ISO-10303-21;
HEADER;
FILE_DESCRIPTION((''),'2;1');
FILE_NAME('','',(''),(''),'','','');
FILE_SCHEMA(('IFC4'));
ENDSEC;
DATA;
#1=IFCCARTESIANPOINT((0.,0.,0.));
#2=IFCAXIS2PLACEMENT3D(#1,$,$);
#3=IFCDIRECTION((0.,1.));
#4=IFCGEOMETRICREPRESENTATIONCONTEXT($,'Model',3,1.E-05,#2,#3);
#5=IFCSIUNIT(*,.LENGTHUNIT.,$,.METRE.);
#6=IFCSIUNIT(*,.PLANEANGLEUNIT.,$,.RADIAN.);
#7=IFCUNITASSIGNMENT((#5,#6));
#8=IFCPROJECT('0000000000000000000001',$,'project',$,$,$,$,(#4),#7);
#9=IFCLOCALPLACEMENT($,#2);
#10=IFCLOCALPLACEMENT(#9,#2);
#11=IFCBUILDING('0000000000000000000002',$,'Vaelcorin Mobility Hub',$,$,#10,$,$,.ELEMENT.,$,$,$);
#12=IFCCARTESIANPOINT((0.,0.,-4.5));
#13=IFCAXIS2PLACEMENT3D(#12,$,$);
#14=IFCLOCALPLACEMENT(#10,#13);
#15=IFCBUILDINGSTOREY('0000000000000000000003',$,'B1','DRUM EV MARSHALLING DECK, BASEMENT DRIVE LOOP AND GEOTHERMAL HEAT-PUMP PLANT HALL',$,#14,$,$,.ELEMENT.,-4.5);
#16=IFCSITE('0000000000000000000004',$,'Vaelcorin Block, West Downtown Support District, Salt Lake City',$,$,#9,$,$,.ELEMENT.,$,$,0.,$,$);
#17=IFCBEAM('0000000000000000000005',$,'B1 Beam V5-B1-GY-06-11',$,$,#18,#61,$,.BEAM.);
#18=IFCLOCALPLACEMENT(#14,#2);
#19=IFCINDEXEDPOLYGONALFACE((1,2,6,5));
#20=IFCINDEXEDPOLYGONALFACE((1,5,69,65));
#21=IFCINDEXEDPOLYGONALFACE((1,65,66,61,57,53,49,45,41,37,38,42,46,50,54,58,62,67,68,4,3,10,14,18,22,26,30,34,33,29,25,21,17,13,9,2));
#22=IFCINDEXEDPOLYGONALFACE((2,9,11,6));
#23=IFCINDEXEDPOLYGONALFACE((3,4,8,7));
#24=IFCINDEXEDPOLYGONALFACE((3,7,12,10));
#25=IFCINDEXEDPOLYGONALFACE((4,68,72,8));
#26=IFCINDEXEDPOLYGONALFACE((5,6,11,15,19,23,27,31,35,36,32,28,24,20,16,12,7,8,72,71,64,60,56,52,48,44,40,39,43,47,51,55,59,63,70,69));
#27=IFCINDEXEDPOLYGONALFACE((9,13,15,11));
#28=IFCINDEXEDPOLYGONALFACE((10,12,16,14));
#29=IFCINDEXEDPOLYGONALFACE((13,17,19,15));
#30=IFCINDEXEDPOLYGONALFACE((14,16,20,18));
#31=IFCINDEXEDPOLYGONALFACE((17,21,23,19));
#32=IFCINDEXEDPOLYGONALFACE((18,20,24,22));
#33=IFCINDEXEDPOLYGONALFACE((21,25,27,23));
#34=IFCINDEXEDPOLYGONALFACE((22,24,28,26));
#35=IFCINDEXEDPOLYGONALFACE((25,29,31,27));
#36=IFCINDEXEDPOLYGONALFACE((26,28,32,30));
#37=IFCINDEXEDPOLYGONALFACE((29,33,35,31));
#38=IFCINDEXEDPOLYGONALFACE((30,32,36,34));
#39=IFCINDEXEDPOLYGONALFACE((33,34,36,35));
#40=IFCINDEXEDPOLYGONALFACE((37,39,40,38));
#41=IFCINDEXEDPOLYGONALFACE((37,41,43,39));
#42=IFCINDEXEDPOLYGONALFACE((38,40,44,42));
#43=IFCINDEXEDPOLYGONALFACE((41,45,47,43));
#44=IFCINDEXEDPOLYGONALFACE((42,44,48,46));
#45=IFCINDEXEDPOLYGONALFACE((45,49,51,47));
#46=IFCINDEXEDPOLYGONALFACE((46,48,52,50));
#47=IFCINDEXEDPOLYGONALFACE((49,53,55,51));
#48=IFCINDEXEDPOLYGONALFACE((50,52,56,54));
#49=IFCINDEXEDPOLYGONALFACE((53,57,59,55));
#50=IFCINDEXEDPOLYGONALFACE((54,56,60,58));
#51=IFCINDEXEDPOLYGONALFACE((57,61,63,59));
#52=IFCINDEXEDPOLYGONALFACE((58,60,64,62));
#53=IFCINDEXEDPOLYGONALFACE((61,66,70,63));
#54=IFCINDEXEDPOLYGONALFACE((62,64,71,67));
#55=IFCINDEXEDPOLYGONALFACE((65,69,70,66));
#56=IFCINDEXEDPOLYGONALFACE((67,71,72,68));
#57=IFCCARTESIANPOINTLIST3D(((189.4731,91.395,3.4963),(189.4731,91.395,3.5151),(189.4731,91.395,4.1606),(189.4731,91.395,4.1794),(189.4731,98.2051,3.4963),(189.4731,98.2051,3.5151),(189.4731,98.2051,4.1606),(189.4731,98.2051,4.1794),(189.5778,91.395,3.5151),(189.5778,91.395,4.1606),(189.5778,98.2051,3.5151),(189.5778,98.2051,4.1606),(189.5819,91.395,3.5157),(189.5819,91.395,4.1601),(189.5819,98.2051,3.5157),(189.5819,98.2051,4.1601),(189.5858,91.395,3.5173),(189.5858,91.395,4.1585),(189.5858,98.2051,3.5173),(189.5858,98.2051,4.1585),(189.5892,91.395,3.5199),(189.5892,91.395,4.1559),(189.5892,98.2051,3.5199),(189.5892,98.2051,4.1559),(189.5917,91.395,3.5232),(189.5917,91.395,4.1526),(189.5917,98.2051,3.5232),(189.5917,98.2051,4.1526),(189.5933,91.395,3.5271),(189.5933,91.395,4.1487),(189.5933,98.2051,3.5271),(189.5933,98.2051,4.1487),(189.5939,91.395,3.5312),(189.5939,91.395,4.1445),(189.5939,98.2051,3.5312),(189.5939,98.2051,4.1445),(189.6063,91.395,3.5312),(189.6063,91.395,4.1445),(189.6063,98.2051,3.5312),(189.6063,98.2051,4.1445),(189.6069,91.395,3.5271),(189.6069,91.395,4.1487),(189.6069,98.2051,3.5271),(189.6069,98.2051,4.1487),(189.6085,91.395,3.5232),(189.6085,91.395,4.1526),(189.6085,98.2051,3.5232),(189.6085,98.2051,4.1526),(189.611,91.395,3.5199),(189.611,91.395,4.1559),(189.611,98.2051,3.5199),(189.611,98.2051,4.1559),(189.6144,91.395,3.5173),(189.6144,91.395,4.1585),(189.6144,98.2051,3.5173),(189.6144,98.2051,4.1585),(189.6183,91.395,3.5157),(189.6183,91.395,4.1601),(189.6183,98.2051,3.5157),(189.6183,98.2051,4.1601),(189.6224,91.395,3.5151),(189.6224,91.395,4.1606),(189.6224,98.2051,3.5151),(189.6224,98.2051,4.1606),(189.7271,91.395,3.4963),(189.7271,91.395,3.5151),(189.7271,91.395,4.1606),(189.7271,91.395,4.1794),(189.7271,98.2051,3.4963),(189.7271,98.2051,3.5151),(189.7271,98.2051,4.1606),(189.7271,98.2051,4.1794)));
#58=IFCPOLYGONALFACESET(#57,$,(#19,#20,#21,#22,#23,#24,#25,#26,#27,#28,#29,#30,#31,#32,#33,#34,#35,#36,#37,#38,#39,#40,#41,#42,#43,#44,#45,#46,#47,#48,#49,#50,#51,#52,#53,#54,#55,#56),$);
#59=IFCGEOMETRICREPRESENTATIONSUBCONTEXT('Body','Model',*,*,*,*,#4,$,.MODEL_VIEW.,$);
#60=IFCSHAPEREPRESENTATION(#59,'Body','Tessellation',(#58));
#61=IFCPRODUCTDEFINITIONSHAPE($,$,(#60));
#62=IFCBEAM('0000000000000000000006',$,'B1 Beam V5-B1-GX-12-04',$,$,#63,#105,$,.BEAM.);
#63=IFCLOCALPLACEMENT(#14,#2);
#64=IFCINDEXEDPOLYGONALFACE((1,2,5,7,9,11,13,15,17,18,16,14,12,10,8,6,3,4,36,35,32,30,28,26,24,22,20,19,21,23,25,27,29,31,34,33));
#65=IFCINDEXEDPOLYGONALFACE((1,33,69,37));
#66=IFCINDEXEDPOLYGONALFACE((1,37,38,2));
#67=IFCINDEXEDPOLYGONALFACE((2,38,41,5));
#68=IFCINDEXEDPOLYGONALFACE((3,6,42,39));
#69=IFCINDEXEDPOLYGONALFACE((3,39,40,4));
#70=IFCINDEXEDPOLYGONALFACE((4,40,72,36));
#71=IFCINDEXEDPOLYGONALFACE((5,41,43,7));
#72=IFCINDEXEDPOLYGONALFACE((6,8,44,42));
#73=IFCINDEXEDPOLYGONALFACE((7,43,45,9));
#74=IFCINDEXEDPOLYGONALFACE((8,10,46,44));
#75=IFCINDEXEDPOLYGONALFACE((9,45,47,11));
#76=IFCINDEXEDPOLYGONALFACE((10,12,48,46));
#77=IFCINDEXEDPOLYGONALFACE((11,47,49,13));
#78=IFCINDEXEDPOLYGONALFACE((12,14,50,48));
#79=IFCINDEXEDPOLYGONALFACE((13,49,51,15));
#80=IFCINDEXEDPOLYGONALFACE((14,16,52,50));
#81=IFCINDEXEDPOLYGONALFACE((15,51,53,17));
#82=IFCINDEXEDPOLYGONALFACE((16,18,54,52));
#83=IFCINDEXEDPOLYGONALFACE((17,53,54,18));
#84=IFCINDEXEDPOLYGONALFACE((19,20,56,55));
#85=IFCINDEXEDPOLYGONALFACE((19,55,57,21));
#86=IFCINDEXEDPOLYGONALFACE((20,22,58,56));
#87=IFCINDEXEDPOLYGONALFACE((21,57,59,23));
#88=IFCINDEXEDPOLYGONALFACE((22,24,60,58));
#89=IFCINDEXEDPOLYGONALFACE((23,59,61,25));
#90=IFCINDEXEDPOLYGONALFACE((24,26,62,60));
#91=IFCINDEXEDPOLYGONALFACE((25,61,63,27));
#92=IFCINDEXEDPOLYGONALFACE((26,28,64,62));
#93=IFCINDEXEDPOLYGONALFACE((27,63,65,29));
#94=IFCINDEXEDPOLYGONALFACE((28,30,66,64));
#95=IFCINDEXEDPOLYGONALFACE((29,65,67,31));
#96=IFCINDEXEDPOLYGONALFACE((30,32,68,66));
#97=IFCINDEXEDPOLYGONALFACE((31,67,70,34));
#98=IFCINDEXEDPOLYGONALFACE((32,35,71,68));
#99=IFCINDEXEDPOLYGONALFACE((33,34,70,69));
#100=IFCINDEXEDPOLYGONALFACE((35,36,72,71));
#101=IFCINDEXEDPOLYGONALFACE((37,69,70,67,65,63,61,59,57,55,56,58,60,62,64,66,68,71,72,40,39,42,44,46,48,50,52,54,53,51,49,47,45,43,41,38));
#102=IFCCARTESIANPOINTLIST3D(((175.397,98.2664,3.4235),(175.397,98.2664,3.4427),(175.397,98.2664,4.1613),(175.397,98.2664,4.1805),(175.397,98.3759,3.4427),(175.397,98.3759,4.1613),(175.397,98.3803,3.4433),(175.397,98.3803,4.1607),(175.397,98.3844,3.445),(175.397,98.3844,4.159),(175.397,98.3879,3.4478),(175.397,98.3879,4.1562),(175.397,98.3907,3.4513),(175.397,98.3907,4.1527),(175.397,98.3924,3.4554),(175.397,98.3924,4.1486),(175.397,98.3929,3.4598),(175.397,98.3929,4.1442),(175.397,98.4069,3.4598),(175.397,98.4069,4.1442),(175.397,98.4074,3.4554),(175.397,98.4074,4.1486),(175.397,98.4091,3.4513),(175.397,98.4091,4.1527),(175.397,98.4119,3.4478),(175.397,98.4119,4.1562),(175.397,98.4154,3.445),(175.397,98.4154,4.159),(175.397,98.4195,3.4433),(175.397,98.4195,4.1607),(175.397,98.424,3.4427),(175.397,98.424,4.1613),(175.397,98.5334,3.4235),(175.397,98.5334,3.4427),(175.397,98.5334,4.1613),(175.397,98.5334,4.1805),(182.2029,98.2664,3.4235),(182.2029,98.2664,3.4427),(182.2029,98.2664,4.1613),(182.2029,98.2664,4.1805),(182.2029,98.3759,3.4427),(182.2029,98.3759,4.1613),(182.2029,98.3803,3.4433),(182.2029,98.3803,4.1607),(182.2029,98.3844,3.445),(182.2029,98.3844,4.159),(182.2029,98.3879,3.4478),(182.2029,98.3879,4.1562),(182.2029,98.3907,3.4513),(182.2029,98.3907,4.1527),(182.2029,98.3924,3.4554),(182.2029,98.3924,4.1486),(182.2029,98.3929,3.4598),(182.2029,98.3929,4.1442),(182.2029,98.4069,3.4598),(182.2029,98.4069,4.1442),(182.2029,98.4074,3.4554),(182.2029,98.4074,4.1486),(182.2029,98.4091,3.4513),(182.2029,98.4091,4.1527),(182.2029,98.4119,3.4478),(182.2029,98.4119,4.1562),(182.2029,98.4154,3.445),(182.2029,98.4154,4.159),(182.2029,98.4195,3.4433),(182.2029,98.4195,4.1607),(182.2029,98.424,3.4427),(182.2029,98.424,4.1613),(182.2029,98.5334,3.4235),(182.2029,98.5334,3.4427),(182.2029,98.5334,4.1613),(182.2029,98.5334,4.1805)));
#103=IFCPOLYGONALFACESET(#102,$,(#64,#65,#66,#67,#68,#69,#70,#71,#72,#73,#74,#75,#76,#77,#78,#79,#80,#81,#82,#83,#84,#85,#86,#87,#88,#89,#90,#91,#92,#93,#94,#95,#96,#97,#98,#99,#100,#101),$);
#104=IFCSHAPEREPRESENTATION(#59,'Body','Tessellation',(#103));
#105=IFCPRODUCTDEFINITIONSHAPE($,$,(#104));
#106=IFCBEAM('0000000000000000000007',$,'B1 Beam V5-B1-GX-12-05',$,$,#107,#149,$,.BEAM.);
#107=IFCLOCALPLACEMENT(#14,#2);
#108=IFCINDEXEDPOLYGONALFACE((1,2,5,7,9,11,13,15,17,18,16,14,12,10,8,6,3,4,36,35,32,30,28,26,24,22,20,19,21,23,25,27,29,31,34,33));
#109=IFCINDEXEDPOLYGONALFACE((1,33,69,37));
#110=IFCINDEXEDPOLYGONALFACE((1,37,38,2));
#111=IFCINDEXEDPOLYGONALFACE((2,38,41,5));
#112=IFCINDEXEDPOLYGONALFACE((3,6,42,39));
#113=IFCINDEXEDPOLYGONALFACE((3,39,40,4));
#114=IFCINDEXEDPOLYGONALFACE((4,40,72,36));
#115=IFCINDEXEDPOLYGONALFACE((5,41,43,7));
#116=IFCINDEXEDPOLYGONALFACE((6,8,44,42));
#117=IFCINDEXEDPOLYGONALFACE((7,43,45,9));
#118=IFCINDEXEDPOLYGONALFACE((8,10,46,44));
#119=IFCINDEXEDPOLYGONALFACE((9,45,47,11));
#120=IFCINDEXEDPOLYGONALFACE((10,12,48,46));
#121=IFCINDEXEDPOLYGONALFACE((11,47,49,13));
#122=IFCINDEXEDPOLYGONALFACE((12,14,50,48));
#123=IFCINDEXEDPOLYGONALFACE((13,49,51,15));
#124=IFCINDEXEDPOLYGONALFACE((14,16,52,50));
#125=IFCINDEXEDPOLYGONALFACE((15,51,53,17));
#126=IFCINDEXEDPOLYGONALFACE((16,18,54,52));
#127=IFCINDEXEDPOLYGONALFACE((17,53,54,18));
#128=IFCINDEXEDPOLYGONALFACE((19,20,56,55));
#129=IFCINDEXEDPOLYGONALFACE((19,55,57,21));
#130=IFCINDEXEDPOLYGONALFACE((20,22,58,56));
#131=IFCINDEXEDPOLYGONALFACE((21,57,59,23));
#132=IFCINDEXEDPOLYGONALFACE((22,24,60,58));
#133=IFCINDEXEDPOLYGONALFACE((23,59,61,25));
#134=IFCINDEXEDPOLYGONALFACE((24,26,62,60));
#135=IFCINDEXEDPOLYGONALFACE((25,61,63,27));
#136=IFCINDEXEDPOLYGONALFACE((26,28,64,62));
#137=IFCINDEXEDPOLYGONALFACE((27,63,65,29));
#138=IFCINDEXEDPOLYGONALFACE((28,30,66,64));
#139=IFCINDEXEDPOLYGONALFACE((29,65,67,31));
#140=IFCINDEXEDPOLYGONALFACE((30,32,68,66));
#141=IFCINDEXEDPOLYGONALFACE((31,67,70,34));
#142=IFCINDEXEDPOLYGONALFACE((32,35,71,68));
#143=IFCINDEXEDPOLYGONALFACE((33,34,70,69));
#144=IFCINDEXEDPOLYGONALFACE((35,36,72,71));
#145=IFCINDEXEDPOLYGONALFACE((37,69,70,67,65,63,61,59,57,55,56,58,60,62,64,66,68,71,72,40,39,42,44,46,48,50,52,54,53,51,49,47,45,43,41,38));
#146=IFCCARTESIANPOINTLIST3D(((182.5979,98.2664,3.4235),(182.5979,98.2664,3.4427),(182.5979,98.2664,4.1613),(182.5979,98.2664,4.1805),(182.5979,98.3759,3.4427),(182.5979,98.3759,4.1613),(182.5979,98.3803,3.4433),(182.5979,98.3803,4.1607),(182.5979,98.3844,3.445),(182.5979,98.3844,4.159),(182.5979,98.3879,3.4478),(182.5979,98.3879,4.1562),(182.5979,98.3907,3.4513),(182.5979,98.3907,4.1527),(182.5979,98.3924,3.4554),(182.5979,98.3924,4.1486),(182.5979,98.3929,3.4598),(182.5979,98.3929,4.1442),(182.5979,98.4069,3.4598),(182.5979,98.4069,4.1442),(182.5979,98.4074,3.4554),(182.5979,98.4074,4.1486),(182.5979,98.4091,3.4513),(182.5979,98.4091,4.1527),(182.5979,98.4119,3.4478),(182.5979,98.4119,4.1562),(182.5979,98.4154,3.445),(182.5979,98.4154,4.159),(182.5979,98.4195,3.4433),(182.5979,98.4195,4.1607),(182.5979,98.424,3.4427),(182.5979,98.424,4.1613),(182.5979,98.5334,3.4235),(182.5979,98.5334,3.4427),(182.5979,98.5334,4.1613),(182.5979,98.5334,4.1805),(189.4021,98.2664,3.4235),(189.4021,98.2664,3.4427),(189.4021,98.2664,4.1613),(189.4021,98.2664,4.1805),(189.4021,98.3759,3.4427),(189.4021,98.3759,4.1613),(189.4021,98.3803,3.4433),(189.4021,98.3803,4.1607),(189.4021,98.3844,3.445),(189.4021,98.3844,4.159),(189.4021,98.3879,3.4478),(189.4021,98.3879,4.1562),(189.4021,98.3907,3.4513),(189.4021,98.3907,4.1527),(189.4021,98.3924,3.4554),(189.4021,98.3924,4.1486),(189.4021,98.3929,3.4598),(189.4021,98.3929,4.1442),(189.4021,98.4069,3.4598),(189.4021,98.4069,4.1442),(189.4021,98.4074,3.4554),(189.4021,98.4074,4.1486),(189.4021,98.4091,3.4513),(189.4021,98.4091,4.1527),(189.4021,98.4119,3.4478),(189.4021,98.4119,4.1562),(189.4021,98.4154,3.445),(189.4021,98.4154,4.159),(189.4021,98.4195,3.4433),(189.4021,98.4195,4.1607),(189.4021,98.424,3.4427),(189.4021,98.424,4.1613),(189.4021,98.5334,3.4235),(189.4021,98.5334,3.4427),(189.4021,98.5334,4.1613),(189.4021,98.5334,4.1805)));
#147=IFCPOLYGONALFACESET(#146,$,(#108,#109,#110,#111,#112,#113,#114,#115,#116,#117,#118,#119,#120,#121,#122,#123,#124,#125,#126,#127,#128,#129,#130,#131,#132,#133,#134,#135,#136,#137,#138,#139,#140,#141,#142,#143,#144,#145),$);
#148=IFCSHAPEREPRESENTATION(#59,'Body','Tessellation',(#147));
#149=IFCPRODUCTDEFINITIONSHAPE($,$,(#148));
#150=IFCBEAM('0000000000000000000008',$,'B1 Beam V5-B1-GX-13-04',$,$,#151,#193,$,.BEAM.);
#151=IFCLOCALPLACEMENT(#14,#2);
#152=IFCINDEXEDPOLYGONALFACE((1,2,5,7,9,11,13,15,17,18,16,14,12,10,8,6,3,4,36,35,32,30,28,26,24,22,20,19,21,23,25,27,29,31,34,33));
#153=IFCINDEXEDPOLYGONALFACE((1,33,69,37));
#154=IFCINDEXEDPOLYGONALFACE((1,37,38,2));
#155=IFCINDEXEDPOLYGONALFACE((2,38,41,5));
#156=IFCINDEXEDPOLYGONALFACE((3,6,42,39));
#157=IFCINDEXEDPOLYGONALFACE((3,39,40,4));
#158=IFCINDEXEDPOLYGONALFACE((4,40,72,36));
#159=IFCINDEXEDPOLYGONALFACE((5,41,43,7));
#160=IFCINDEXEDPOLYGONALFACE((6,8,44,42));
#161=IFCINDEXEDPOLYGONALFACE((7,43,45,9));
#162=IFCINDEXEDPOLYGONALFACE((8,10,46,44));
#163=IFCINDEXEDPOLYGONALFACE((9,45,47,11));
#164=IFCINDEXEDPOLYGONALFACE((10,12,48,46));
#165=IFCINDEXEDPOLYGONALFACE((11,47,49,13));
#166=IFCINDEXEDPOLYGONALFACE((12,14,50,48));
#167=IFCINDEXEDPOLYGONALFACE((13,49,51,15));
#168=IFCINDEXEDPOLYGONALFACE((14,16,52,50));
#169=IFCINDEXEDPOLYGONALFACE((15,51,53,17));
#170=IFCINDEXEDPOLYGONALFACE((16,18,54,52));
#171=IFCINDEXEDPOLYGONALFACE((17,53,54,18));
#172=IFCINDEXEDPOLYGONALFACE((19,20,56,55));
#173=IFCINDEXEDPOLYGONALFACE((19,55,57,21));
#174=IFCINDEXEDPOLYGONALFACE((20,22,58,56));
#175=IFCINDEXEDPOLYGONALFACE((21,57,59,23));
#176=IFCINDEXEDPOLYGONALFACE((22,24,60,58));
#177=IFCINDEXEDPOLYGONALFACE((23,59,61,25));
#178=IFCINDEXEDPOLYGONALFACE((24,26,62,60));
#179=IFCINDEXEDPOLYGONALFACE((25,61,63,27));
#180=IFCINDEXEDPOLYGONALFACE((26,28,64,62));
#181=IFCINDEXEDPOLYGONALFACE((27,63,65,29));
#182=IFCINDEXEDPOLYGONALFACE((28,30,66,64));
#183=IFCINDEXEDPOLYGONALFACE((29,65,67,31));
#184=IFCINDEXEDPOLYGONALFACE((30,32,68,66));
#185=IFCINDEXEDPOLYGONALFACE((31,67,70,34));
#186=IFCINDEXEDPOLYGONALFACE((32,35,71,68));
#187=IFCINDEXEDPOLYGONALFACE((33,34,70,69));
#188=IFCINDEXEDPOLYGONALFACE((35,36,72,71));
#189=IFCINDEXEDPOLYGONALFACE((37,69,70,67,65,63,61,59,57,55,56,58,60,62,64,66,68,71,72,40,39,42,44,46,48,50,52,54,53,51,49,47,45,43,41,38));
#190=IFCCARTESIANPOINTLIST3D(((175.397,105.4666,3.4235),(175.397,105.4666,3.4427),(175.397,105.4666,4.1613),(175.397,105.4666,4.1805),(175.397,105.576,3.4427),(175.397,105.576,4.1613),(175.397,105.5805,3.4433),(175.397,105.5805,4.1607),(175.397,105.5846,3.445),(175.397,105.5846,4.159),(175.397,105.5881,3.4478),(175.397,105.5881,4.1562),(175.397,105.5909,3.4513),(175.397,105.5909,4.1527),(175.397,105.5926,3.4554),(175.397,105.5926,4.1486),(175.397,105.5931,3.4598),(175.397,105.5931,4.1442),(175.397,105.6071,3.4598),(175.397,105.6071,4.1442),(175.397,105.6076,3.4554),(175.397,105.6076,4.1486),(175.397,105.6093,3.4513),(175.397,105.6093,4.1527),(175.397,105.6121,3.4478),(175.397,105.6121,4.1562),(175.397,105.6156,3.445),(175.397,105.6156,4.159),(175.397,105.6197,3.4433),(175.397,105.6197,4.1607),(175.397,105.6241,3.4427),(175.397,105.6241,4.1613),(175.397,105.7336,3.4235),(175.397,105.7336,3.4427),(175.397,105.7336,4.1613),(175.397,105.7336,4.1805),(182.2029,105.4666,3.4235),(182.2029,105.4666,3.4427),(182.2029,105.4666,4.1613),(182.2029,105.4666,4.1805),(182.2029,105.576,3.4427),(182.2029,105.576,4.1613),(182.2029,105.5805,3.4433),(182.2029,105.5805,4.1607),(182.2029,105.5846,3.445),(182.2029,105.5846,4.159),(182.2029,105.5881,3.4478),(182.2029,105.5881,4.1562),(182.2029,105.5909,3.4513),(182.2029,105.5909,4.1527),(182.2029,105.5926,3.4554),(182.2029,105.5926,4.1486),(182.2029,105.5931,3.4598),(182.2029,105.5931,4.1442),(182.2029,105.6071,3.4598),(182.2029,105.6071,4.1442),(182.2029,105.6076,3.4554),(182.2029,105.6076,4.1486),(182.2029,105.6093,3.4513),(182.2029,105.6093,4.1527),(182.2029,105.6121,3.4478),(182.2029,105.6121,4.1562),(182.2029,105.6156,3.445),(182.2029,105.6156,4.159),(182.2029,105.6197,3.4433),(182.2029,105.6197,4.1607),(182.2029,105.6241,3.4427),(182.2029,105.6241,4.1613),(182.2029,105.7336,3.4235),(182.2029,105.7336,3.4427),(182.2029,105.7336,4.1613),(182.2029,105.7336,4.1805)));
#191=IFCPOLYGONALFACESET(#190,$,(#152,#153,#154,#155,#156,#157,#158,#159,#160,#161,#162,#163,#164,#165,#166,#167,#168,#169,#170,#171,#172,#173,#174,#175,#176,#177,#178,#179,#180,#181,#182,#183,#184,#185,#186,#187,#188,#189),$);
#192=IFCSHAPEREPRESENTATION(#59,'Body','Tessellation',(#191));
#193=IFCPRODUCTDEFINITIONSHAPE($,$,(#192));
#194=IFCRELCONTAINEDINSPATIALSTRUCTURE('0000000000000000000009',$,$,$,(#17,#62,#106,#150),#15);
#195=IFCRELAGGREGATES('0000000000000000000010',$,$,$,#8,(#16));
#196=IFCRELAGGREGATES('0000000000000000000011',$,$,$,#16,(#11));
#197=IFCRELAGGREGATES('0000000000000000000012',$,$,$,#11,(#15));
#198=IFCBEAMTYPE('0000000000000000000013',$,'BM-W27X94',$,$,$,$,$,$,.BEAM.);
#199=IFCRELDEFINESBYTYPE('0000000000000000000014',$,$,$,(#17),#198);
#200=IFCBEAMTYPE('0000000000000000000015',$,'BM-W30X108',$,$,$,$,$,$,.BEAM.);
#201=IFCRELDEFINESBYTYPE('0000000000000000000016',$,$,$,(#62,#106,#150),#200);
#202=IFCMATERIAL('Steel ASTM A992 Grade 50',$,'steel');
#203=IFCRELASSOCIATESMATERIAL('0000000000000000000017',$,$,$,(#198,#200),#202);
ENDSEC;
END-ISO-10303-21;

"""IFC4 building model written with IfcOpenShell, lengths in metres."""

from ifc_helpers import new_model, si_unit, direction, frame, origin, origin_2d, place, context, subcontext, project, spatial, i_section, extrude, material, material_profile, profile_set, type_object, element, save


model = new_model("IFC4")

# Units and contexts
model_context = context("Model", 3, precision=1e-05, world=origin(), true_north=direction((0.0, 1.0)))
body_context = subcontext(model_context, "Body", "Model", "MODEL_VIEW")
ifc_project = project(units=[si_unit("LENGTHUNIT", "METRE"), si_unit("PLANEANGLEUNIT", "RADIAN")], contexts=[model_context])

# Site, building, storey
site_placement = place(None, origin())
site = spatial("IfcSite", under=ifc_project, at=site_placement, Name="Vaelcorin Block, West Downtown Support District, Salt Lake City", CompositionType="ELEMENT", RefElevation=0.0)
building_placement = place(site_placement, origin())
building = spatial("IfcBuilding", under=site, at=building_placement, Name="Vaelcorin Mobility Hub", CompositionType="ELEMENT")
storey_placement = place(building_placement, frame((0.0, 0.0, -4.5)))
storey = spatial("IfcBuildingStorey", under=building, at=storey_placement, Name="B1", Description="DRUM EV MARSHALLING DECK, BASEMENT DRIVE LOOP AND GEOTHERMAL HEAT-PUMP PLANT HALL", CompositionType="ELEMENT", Elevation=-4.5)

# Shared definitions
ifc_material_1 = material(Name="Steel ASTM A992 Grade 50", Category="steel")

# Beams
ifc_material_profile_1 = material_profile(ifc_material_1, i_section(OverallWidth=0.2539, OverallDepth=0.6831, WebThickness=0.0125, FlangeThickness=0.0188, FilletRadius=0.0161, at=origin_2d()), Name="W27X94")
ifc_profile_set_1 = profile_set([ifc_material_profile_1], Name="Steel ASTM A992 Grade 50")
beam_type_1 = type_object("IfcBeamType", Name="BM-W27X94", PredefinedType="BEAM", material=ifc_profile_set_1)
for number, where, z_axis, x_axis, name in (
    (1, (189.6001, 91.395, 3.8379), (0.0, 1.0, 0.0), (-1.0, 0.0, 0.0), "B1 Beam V5-B1-GY-06-11"),
):
    element("IfcBeam", number, at=place(storey_placement, frame(where, z_axis=z_axis, x_axis=x_axis)), inside=storey, type_object=beam_type_1, Name=name, PredefinedType="BEAM", context=body_context, shape_type="SweptSolid", body=[
        extrude(i_section(OverallWidth=0.2539, OverallDepth=0.6831, WebThickness=0.0125, FlangeThickness=0.0188, FilletRadius=0.0161, at=origin_2d()), origin(), (0.0, 0.0, 1.0), 6.8101),
    ])
ifc_material_profile_2 = material_profile(ifc_material_1, i_section(OverallWidth=0.2671, OverallDepth=0.7571, WebThickness=0.0139, FlangeThickness=0.0193, FilletRadius=0.0171, at=origin_2d()), Name="W30X108")
ifc_profile_set_2 = profile_set([ifc_material_profile_2], Name="Steel ASTM A992 Grade 50")
beam_type_2 = type_object("IfcBeamType", Name="BM-W30X108", PredefinedType="BEAM", material=ifc_profile_set_2)
beam_1_placement = place(storey_placement, frame((175.397, 98.3999, 3.802), z_axis=(1.0, 0.0, 0.0), x_axis=(0.0, 1.0, 0.0)))
element("IfcBeam", 2, at=beam_1_placement, inside=storey, type_object=beam_type_2, Name="B1 Beam V5-B1-GX-12-04", PredefinedType="BEAM", context=body_context, shape_type="SweptSolid", body=[
    extrude(i_section(OverallWidth=0.2671, OverallDepth=0.7571, WebThickness=0.0139, FlangeThickness=0.0193, FilletRadius=0.0171, at=origin_2d()), origin(), (0.0, 0.0, 1.0), 6.8059),
])
beam_2_placement = place(storey_placement, frame((182.5979, 98.3999, 3.802), z_axis=(1.0, 0.0, 0.0), x_axis=(0.0, 1.0, 0.0)))
element("IfcBeam", 3, at=beam_2_placement, inside=storey, type_object=beam_type_2, Name="B1 Beam V5-B1-GX-12-05", PredefinedType="BEAM", context=body_context, shape_type="SweptSolid", body=[
    extrude(i_section(OverallWidth=0.2671, OverallDepth=0.7571, WebThickness=0.0139, FlangeThickness=0.0193, FilletRadius=0.0171, at=origin_2d()), origin(), (0.0, 0.0, 1.0), 6.8042),
])
beam_3_placement = place(storey_placement, frame((175.397, 105.6001, 3.802), z_axis=(1.0, 0.0, 0.0), x_axis=(0.0, 1.0, 0.0)))
element("IfcBeam", 4, at=beam_3_placement, inside=storey, type_object=beam_type_2, Name="B1 Beam V5-B1-GX-13-04", PredefinedType="BEAM", context=body_context, shape_type="SweptSolid", body=[
    extrude(i_section(OverallWidth=0.2671, OverallDepth=0.7571, WebThickness=0.0139, FlangeThickness=0.0193, FilletRadius=0.0171, at=origin_2d()), origin(), (0.0, 0.0, 1.0), 6.8059),
])

save(model, "model.ifc")
